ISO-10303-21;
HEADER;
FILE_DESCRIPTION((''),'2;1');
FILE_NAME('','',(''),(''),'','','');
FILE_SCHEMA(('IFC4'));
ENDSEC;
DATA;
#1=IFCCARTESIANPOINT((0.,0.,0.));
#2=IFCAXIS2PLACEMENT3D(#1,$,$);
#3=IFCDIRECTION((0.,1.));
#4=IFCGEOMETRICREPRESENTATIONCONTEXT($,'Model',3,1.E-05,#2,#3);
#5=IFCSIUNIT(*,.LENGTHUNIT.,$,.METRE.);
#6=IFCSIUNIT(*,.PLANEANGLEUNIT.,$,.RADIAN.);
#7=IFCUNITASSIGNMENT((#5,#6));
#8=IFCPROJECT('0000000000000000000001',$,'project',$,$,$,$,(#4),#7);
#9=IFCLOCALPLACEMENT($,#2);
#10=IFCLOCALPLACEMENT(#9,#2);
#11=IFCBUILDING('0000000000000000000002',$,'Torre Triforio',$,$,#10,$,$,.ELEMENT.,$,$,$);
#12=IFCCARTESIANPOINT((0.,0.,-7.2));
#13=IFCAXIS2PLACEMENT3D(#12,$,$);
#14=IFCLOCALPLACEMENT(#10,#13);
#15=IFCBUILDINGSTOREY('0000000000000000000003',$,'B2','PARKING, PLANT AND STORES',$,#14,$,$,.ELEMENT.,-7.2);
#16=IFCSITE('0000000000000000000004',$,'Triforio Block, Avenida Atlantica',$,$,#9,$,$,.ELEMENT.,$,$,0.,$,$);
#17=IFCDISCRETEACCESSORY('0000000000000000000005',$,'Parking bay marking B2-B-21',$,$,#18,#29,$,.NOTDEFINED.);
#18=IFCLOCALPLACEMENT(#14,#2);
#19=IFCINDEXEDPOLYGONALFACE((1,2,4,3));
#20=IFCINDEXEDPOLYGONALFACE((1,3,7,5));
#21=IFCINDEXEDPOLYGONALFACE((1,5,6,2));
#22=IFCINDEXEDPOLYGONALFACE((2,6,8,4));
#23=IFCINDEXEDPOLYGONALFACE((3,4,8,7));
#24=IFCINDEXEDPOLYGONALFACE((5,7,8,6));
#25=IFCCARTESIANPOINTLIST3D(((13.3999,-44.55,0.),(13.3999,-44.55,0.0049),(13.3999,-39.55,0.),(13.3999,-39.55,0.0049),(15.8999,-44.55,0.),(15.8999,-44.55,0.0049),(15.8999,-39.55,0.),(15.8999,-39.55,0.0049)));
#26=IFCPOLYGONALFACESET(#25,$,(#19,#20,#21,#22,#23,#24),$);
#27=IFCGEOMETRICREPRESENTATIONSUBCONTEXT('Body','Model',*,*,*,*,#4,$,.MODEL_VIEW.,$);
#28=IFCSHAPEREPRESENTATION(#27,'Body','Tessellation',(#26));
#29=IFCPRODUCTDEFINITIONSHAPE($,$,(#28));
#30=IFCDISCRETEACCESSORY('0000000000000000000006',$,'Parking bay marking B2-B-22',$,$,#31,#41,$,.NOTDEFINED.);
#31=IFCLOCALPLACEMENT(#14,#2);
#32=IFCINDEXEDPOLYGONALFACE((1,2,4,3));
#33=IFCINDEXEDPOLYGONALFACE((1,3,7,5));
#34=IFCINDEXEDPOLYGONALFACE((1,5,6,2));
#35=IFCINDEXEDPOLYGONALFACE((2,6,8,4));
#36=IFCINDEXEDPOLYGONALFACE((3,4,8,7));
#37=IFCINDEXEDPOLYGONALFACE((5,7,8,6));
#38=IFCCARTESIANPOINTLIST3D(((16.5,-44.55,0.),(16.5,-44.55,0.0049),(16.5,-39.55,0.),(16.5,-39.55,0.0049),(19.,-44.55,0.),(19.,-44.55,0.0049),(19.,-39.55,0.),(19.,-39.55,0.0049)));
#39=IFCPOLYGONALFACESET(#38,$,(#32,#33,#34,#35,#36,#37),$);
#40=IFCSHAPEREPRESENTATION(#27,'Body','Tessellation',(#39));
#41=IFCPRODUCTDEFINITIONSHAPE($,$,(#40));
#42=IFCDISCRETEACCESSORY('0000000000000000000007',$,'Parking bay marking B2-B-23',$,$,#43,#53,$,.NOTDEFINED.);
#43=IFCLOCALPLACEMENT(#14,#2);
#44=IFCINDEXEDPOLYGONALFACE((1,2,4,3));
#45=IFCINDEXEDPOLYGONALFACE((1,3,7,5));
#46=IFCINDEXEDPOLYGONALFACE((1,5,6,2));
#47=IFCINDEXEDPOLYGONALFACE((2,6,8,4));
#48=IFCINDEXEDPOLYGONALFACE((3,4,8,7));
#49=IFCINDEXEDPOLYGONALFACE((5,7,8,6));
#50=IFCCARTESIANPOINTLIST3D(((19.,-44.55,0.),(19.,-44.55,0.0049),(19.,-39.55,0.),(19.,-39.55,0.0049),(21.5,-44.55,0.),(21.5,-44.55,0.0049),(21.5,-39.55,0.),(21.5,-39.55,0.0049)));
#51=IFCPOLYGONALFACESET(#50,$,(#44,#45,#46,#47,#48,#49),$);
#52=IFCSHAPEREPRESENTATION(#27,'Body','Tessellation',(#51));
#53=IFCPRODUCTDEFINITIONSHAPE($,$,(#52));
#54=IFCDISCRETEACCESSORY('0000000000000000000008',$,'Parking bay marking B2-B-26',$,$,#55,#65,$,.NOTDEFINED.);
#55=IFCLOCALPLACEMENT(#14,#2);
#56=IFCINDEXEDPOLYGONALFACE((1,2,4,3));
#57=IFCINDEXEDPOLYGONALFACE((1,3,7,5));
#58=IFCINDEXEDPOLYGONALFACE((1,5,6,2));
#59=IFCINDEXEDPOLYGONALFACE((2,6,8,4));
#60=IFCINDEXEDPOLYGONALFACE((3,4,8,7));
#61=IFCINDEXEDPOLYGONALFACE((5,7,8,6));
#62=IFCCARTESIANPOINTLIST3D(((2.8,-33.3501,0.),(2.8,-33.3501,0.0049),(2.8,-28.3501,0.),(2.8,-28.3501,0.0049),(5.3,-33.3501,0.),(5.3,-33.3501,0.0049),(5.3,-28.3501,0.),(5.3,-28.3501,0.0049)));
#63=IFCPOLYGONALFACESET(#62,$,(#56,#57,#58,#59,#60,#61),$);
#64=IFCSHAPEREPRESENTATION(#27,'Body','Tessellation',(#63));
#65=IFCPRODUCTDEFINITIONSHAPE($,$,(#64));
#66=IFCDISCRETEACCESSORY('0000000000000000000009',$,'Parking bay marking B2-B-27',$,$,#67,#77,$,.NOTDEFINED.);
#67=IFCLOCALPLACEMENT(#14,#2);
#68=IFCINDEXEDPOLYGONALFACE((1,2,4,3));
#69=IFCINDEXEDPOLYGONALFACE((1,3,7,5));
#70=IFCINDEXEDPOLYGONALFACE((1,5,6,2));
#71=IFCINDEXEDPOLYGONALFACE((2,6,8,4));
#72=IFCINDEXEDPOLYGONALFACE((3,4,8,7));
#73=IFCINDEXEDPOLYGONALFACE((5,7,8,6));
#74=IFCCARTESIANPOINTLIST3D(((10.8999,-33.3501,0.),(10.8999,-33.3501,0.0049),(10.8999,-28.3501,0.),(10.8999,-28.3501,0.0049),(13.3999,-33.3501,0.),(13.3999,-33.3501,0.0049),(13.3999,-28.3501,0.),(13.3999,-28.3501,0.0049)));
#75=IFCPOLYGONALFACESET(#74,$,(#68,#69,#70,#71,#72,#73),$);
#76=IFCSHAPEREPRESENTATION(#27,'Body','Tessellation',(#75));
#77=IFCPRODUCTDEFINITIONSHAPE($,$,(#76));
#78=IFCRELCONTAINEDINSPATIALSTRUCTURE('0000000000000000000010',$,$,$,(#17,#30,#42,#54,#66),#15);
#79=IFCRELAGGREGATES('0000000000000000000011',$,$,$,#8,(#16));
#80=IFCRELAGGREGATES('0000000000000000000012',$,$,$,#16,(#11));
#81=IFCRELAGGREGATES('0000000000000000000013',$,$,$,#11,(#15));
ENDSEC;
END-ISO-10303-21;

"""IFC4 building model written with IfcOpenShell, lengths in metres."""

from ifc_helpers import new_model, si_unit, direction, frame, origin, origin_2d, place, context, subcontext, project, spatial, rectangle, extrude, element, save


model = new_model("IFC4")

# Units and contexts
model_context = context("Model", 3, precision=1e-05, world=origin(), true_north=direction((0.0, 1.0)))
body_context = subcontext(model_context, "Body", "Model", "MODEL_VIEW")
ifc_project = project(units=[si_unit("LENGTHUNIT", "METRE"), si_unit("PLANEANGLEUNIT", "RADIAN")], contexts=[model_context])

# Site, building, storey
site_placement = place(None, origin())
site = spatial("IfcSite", under=ifc_project, at=site_placement, Name="Triforio Block, Avenida Atlantica", CompositionType="ELEMENT", RefElevation=0.0)
building_placement = place(site_placement, origin())
building = spatial("IfcBuilding", under=site, at=building_placement, Name="Torre Triforio", CompositionType="ELEMENT")
storey_placement = place(building_placement, frame((0.0, 0.0, -7.2)))
storey = spatial("IfcBuildingStorey", under=building, at=storey_placement, Name="B2", Description="PARKING, PLANT AND STORES", CompositionType="ELEMENT", Elevation=-7.2)

# Discrete accessories
for number, where, z_axis, x_axis, name in (
    (1, (14.6499, -42.05, 0.0), (0.0, 0.0, 1.0), (1.0, 0.0, 0.0), "Parking bay marking B2-B-21"),
    (2, (17.75, -42.05, 0.0), (0.0, 0.0, 1.0), (1.0, 0.0, 0.0), "Parking bay marking B2-B-22"),
    (3, (20.25, -42.05, 0.0), (0.0, 0.0, 1.0), (1.0, 0.0, 0.0), "Parking bay marking B2-B-23"),
    (4, (4.05, -30.8501, 0.0), (0.0, 0.0, 1.0), (1.0, 0.0, 0.0), "Parking bay marking B2-B-26"),
    (5, (12.1499, -30.8501, 0.0), (0.0, 0.0, 1.0), (1.0, 0.0, 0.0), "Parking bay marking B2-B-27"),
):
    element("IfcDiscreteAccessory", number, at=place(storey_placement, frame(where, z_axis=z_axis, x_axis=x_axis)), inside=storey, Name=name, PredefinedType="NOTDEFINED", context=body_context, shape_type="SweptSolid", body=[
        extrude(rectangle(XDim=2.5, YDim=5.0, at=origin_2d()), origin(), (0.0, 0.0, 1.0), 0.0049),
    ])

save(model, "model.ifc")
